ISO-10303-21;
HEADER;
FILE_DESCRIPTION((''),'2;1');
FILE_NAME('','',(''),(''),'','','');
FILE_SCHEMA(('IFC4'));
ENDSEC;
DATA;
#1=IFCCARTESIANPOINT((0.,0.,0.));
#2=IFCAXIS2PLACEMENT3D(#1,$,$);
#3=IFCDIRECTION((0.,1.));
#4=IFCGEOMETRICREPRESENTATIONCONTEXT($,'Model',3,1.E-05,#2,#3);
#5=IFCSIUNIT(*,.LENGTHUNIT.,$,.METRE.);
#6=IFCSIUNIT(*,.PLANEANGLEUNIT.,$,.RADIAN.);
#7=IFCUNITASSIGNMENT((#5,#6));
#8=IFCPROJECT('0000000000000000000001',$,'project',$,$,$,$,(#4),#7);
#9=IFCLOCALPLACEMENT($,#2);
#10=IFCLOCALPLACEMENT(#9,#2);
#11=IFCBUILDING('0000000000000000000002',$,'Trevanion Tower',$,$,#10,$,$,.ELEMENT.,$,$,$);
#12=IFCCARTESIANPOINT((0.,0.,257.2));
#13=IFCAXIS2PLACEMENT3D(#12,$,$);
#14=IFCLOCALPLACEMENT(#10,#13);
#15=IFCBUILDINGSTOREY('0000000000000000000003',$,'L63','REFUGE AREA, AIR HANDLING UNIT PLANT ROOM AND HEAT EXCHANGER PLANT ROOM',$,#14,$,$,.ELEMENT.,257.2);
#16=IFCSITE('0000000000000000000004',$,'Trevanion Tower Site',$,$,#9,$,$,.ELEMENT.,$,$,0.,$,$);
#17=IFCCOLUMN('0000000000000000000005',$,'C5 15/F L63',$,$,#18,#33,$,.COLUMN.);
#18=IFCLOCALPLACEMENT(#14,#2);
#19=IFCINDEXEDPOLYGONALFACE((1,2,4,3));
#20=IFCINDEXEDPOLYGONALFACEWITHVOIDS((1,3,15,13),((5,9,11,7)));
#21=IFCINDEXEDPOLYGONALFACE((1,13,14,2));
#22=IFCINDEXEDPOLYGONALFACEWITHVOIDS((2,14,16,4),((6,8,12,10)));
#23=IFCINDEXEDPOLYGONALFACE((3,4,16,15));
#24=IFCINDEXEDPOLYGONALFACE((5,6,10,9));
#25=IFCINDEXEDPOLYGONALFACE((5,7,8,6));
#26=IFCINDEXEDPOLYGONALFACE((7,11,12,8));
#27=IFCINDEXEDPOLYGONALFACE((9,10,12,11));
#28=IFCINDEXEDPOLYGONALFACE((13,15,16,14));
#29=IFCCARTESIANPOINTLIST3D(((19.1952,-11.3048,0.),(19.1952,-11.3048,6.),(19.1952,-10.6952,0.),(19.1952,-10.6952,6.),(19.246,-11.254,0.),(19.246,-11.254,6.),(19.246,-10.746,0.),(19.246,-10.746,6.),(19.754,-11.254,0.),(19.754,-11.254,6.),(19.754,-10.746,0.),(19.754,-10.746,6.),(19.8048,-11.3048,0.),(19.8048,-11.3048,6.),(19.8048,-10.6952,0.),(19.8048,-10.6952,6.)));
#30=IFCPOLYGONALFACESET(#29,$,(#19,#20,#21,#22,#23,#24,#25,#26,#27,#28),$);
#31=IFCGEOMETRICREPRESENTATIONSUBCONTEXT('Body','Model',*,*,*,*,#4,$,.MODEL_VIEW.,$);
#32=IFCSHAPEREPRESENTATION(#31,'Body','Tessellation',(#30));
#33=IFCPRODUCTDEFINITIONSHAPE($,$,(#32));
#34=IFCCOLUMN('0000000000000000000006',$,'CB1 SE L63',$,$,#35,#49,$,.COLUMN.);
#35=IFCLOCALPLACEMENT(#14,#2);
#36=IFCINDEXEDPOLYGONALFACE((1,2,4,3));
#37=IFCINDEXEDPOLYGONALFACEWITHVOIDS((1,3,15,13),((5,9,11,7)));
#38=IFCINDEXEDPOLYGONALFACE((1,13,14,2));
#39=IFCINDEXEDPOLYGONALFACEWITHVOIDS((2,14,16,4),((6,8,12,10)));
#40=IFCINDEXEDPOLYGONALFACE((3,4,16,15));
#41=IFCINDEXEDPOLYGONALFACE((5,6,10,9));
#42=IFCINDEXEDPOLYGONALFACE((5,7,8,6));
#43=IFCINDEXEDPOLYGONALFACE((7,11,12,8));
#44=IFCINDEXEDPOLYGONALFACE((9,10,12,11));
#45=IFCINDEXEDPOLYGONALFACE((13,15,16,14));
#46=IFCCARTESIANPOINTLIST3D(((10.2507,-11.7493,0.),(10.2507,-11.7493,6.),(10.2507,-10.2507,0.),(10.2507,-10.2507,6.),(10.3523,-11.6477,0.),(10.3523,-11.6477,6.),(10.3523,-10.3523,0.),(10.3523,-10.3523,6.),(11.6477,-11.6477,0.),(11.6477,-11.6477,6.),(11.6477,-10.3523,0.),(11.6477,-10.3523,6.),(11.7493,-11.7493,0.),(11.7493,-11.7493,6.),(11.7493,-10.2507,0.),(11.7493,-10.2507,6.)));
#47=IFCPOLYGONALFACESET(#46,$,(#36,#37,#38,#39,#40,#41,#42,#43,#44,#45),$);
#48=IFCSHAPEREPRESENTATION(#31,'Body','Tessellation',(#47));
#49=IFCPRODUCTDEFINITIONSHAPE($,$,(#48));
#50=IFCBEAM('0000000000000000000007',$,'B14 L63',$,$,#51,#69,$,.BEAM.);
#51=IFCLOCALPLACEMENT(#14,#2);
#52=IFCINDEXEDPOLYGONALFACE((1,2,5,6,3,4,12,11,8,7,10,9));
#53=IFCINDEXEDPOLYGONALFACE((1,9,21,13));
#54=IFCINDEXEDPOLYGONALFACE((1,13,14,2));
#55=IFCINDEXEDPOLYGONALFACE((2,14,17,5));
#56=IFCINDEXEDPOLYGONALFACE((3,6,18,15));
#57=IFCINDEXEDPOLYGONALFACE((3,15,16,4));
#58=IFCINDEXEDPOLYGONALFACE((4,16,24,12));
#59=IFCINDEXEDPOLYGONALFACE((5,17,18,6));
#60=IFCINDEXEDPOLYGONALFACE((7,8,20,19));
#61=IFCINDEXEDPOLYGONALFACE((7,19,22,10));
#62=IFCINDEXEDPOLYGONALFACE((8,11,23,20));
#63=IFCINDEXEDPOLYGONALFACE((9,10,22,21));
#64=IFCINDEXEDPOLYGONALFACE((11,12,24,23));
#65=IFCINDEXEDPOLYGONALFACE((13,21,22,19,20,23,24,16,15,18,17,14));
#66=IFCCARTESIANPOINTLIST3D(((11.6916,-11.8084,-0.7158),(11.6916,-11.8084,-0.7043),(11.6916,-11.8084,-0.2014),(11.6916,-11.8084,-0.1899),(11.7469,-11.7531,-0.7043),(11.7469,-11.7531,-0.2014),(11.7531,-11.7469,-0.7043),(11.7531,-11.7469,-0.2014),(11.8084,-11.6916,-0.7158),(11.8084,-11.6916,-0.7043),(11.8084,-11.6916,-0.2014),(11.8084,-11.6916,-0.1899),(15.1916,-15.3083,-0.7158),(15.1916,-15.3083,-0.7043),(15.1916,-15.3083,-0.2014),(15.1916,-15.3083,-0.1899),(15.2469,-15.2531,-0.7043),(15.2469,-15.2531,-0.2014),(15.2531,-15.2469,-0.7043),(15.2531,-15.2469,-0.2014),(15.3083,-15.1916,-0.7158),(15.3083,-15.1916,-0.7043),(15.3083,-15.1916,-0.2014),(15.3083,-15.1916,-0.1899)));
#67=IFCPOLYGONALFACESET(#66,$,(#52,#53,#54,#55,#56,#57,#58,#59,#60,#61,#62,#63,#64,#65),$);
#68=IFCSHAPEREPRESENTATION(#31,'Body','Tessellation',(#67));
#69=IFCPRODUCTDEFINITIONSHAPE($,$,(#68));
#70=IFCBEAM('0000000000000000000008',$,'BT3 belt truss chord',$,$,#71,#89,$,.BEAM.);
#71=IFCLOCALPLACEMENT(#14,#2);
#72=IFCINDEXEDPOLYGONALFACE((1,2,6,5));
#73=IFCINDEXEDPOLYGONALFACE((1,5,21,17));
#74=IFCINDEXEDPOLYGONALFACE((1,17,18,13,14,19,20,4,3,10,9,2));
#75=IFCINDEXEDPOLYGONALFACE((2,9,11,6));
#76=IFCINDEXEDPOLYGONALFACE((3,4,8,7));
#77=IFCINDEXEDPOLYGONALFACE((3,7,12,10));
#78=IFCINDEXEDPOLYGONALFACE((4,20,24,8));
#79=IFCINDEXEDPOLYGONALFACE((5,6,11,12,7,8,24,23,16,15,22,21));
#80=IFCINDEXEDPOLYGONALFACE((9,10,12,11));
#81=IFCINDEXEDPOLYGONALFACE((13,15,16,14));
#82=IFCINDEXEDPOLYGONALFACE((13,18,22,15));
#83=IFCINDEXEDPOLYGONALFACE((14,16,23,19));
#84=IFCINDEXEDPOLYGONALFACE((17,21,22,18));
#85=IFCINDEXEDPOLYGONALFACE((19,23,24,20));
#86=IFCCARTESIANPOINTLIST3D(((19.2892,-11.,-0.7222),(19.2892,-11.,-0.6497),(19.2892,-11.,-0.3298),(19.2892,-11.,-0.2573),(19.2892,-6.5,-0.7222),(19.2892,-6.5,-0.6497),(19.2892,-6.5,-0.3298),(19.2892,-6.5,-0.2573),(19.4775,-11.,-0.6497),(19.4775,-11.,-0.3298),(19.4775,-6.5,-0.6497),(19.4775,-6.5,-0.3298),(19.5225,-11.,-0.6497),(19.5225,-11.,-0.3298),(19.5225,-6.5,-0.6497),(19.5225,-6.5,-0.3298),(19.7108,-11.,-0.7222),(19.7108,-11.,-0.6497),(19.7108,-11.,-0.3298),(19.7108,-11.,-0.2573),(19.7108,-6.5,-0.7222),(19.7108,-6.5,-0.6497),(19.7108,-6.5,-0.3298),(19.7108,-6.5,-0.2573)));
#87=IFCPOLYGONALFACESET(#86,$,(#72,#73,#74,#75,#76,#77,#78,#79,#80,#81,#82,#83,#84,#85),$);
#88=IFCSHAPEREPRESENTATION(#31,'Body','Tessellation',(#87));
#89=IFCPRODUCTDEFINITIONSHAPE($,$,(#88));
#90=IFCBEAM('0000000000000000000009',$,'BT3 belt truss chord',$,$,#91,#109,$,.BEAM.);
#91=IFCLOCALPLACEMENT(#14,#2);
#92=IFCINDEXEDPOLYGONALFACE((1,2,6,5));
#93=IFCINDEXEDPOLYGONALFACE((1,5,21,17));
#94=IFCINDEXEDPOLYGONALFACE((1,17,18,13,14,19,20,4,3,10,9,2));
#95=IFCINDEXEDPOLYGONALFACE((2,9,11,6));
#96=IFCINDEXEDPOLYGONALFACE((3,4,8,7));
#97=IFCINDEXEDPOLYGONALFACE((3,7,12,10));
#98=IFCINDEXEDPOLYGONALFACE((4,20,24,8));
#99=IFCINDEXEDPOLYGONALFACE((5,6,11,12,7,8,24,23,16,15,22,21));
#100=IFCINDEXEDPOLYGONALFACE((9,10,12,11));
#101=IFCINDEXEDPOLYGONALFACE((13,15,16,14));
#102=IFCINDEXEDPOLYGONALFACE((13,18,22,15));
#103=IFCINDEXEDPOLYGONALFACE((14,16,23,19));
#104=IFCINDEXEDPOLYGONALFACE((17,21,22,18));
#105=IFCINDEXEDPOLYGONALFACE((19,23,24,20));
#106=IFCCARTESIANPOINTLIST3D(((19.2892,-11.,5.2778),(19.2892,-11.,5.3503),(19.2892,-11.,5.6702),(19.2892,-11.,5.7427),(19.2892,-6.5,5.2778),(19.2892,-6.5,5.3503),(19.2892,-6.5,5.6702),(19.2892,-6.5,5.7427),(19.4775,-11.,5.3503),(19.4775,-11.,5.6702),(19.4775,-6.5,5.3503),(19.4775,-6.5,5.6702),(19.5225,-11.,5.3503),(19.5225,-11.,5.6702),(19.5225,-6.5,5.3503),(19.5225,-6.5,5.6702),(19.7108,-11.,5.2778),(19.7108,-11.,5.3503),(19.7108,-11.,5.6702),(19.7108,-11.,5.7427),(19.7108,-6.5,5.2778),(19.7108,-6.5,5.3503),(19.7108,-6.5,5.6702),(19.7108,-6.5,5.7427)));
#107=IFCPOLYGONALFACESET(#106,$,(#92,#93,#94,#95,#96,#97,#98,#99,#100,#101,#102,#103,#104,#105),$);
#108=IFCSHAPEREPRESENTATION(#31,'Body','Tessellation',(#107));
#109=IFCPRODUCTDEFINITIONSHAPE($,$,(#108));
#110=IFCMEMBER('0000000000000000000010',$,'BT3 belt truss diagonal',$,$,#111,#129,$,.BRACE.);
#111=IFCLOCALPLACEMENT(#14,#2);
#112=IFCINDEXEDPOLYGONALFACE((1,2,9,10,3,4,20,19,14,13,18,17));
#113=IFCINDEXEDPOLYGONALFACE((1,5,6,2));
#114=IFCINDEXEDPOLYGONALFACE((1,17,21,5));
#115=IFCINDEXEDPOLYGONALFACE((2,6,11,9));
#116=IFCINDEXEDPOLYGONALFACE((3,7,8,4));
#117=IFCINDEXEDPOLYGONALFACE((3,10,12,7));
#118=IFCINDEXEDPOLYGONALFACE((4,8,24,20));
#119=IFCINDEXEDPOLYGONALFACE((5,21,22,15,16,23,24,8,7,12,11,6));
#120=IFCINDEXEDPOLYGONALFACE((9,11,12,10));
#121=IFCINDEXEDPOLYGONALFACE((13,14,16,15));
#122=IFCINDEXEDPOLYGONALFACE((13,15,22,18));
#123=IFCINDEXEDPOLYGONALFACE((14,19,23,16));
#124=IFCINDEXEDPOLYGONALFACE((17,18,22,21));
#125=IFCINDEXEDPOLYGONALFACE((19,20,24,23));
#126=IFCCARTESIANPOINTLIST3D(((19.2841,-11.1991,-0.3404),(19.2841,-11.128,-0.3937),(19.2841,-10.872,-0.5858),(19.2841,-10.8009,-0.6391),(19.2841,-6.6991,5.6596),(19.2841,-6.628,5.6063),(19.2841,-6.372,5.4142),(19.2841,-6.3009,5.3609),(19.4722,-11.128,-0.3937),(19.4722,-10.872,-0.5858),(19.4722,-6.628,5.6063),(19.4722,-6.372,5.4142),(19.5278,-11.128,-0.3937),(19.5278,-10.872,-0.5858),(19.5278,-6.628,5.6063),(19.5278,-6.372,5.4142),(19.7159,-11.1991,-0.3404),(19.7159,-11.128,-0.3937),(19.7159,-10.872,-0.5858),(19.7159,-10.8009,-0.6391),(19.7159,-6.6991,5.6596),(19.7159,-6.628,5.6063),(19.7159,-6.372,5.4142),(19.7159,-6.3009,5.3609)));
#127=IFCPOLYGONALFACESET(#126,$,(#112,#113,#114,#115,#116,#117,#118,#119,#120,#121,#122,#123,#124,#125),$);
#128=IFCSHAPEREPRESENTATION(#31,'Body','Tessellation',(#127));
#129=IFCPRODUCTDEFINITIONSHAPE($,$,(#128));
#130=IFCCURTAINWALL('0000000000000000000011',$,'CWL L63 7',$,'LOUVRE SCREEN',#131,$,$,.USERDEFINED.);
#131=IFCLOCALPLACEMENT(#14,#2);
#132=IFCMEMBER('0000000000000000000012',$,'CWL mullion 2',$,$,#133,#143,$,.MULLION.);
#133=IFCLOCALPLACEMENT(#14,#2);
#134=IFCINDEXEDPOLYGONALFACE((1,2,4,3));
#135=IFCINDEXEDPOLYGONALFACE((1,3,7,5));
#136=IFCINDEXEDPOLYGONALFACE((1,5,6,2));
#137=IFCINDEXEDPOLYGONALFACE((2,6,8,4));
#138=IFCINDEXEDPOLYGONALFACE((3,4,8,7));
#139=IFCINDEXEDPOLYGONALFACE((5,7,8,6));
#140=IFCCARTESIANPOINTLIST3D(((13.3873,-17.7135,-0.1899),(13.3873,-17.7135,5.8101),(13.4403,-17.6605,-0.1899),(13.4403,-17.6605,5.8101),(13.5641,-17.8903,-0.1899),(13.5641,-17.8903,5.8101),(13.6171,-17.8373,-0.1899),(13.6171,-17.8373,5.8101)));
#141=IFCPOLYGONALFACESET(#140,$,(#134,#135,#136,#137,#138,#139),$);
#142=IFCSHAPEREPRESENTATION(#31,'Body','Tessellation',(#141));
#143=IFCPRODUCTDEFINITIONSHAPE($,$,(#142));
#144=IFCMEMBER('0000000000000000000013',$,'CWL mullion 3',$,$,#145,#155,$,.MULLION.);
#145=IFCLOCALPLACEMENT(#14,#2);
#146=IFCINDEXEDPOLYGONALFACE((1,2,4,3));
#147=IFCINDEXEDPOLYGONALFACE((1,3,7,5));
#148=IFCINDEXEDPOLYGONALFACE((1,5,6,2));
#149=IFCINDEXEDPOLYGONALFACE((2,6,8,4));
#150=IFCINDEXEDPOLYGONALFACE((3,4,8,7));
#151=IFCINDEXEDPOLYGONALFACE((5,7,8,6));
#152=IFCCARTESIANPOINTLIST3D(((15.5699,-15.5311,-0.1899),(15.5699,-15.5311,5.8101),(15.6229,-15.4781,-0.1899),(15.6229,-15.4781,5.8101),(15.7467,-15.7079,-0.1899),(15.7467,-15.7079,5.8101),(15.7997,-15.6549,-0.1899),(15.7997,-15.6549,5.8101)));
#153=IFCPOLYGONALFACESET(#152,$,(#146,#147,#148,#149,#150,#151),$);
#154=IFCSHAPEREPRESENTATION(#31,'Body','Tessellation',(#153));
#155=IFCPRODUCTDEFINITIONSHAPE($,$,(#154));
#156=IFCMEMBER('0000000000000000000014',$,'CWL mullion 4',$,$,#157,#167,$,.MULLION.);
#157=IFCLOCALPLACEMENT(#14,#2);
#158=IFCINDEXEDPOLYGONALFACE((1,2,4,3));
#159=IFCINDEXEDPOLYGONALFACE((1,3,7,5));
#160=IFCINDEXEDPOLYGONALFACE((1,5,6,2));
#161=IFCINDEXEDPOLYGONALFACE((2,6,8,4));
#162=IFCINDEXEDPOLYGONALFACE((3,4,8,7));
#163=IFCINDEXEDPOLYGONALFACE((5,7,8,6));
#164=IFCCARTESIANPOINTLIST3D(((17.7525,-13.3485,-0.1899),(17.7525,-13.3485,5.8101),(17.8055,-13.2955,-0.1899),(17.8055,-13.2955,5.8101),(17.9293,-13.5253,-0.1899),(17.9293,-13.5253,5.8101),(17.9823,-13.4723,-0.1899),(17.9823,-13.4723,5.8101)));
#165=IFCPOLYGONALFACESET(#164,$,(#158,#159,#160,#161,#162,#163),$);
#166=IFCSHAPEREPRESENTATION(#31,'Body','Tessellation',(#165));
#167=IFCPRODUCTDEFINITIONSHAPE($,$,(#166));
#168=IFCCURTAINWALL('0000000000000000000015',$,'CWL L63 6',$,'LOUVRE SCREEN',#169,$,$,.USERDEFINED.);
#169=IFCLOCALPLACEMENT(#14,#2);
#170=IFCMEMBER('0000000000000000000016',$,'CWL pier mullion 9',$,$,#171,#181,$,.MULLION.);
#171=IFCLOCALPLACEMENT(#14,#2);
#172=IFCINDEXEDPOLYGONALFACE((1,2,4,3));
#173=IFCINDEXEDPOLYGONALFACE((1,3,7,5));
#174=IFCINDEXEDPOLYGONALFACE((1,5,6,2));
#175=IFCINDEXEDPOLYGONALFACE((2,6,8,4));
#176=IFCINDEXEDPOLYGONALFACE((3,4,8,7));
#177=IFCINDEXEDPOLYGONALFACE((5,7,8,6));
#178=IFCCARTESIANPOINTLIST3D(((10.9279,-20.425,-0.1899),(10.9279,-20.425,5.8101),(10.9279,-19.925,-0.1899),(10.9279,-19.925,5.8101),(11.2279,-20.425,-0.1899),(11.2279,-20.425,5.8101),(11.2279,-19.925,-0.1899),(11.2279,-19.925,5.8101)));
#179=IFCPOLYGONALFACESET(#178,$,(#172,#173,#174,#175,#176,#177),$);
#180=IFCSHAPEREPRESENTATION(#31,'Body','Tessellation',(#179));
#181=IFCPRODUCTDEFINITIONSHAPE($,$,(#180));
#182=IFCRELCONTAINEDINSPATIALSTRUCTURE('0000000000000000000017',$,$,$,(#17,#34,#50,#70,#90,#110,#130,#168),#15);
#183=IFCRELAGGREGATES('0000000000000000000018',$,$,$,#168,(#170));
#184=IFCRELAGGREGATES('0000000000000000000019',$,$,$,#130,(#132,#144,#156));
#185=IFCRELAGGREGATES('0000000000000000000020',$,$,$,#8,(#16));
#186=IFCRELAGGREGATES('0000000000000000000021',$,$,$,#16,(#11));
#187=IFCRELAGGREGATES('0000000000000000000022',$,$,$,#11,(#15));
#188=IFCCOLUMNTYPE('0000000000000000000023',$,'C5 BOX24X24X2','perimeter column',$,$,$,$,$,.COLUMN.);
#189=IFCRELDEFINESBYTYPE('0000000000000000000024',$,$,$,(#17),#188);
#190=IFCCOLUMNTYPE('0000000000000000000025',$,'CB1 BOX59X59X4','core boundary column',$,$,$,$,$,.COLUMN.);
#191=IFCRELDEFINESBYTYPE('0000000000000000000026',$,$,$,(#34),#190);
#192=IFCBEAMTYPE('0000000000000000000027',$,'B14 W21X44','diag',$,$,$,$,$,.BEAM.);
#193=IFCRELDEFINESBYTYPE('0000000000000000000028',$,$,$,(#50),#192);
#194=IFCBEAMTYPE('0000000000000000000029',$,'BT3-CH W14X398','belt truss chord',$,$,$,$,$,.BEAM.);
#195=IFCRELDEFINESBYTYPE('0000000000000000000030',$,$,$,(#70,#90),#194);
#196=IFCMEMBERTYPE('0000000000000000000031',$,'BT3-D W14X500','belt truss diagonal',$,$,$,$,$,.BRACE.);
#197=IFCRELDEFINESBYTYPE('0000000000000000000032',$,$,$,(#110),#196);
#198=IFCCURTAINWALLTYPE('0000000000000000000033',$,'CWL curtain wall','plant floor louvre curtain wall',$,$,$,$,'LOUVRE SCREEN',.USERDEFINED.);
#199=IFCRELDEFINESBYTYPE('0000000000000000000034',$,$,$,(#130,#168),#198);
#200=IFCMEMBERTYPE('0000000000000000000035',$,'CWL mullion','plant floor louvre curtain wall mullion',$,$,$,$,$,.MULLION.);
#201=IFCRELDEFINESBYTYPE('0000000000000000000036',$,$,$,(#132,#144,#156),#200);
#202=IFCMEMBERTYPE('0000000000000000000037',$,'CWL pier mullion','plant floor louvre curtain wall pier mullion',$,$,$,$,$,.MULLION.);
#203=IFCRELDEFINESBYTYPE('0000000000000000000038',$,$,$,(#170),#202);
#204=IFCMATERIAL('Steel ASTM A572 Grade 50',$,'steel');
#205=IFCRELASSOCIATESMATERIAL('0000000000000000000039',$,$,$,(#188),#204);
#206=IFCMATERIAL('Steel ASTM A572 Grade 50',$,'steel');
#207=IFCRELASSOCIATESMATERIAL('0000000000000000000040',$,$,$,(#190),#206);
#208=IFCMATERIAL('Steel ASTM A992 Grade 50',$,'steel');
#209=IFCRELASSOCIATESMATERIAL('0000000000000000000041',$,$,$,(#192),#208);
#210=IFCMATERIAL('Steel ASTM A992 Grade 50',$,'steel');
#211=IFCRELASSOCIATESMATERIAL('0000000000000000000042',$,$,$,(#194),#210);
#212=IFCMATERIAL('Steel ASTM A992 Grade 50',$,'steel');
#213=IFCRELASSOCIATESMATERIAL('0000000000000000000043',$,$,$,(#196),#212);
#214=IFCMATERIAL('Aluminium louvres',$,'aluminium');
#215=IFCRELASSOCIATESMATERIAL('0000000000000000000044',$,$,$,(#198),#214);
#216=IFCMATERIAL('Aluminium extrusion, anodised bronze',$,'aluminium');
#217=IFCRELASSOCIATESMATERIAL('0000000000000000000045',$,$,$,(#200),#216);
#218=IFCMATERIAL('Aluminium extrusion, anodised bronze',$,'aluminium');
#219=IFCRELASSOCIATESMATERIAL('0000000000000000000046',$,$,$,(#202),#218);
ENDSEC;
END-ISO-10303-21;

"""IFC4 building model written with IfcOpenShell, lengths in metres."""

from ifc_helpers import new_model, si_unit, direction, frame, origin, origin_2d, place, context, subcontext, project, spatial, rectangle, hollow_rectangle, i_section, extrude, material, material_profile, profile_set, type_object, element, aggregate, save


model = new_model("IFC4")

# Units and contexts
model_context = context("Model", 3, precision=1e-05, world=origin(), true_north=direction((0.0, 1.0)))
body_context = subcontext(model_context, "Body", "Model", "MODEL_VIEW")
ifc_project = project(units=[si_unit("LENGTHUNIT", "METRE"), si_unit("PLANEANGLEUNIT", "RADIAN")], contexts=[model_context])

# Site, building, storey
site_placement = place(None, origin())
site = spatial("IfcSite", under=ifc_project, at=site_placement, Name="Trevanion Tower Site", CompositionType="ELEMENT", RefElevation=0.0)
building_placement = place(site_placement, origin())
building = spatial("IfcBuilding", under=site, at=building_placement, Name="Trevanion Tower", CompositionType="ELEMENT")
storey_placement = place(building_placement, frame((0.0, 0.0, 257.2)))
storey = spatial("IfcBuildingStorey", under=building, at=storey_placement, Name="L63", Description="REFUGE AREA, AIR HANDLING UNIT PLANT ROOM AND HEAT EXCHANGER PLANT ROOM", CompositionType="ELEMENT", Elevation=257.2)

# Columns
ifc_material_1 = material(Name="Steel ASTM A572 Grade 50", Category="steel")
ifc_material_profile_1 = material_profile(ifc_material_1, hollow_rectangle(XDim=0.6096, YDim=0.6096, WallThickness=0.0508, at=origin_2d()), Name="BOX24X24X2")
ifc_profile_set_1 = profile_set([ifc_material_profile_1], Name="Steel ASTM A572 Grade 50")
column_type_1 = type_object("IfcColumnType", Name="C5 BOX24X24X2", Description="perimeter column", PredefinedType="COLUMN", material=ifc_profile_set_1)
column_1_placement = place(storey_placement, frame((19.5, -11.0, 0.0), z_axis=(0.0, 0.0, 1.0), x_axis=(0.0, 1.0, 0.0)))
element("IfcColumn", 1, at=column_1_placement, inside=storey, type_object=column_type_1, Name="C5 15/F L63", PredefinedType="COLUMN", context=body_context, shape_type="SweptSolid", body=[
    extrude(hollow_rectangle(XDim=0.6096, YDim=0.6096, WallThickness=0.0508, at=origin_2d()), origin(), (0.0, 0.0, 1.0), 6.0),
])
ifc_material_2 = material(Name="Steel ASTM A572 Grade 50", Category="steel")
ifc_material_profile_2 = material_profile(ifc_material_2, hollow_rectangle(XDim=1.4985, YDim=1.4985, WallThickness=0.1016, at=origin_2d()), Name="BOX59X59X4")
ifc_profile_set_2 = profile_set([ifc_material_profile_2], Name="Steel ASTM A572 Grade 50")
column_type_2 = type_object("IfcColumnType", Name="CB1 BOX59X59X4", Description="core boundary column", PredefinedType="COLUMN", material=ifc_profile_set_2)
column_2_placement = place(storey_placement, frame((11.0, -11.0, 0.0), z_axis=(0.0, 0.0, 1.0), x_axis=(1.0, 0.0, 0.0)))
element("IfcColumn", 2, at=column_2_placement, inside=storey, type_object=column_type_2, Name="CB1 SE L63", PredefinedType="COLUMN", context=body_context, shape_type="SweptSolid", body=[
    extrude(hollow_rectangle(XDim=1.4985, YDim=1.4985, WallThickness=0.1016, at=origin_2d()), origin(), (0.0, 0.0, 1.0), 6.0),
])

# Beams
ifc_material_3 = material(Name="Steel ASTM A992 Grade 50", Category="steel")
ifc_material_profile_3 = material_profile(ifc_material_3, i_section(OverallWidth=0.165, OverallDepth=0.5259, WebThickness=0.0088, FlangeThickness=0.0115, at=origin_2d()), Name="W21X44")
ifc_profile_set_3 = profile_set([ifc_material_profile_3], Name="Steel ASTM A992 Grade 50")
beam_type_1 = type_object("IfcBeamType", Name="B14 W21X44", Description="diag", PredefinedType="BEAM", material=ifc_profile_set_3)
beam_1_placement = place(storey_placement, frame((11.75, -11.75, -0.4529), z_axis=(0.707107, -0.707107, 0.0), x_axis=(0.707107, 0.707107, 0.0)))
element("IfcBeam", 3, at=beam_1_placement, inside=storey, type_object=beam_type_1, Name="B14 L63", PredefinedType="BEAM", context=body_context, shape_type="SweptSolid", body=[
    extrude(i_section(OverallWidth=0.165, OverallDepth=0.5259, WebThickness=0.0088, FlangeThickness=0.0115, at=origin_2d()), origin(), (0.0, 0.0, 1.0), 4.9497),
])
ifc_material_4 = material(Name="Steel ASTM A992 Grade 50", Category="steel")
ifc_material_profile_4 = material_profile(ifc_material_4, i_section(OverallWidth=0.4216, OverallDepth=0.4648, WebThickness=0.0449, FlangeThickness=0.0725, at=origin_2d()), Name="W14X398")
ifc_profile_set_4 = profile_set([ifc_material_profile_4], Name="Steel ASTM A992 Grade 50")
beam_type_2 = type_object("IfcBeamType", Name="BT3-CH W14X398", Description="belt truss chord", PredefinedType="BEAM", material=ifc_profile_set_4)
for number, where, z_axis, x_axis, name in (
    (4, (19.5, -11.0, -0.4897), (0.0, 1.0, 0.0), (-1.0, 0.0, 0.0), "BT3 belt truss chord"),
    (5, (19.5, -11.0, 5.5103), (0.0, 1.0, 0.0), (-1.0, 0.0, 0.0), "BT3 belt truss chord"),
):
    element("IfcBeam", number, at=place(storey_placement, frame(where, z_axis=z_axis, x_axis=x_axis)), inside=storey, type_object=beam_type_2, Name=name, PredefinedType="BEAM", context=body_context, shape_type="SweptSolid", body=[
        extrude(i_section(OverallWidth=0.4216, OverallDepth=0.4648, WebThickness=0.0449, FlangeThickness=0.0725, at=origin_2d()), origin(), (0.0, 0.0, 1.0), 4.5),
    ])

# Member
ifc_material_5 = material(Name="Steel ASTM A992 Grade 50", Category="steel")
ifc_material_profile_5 = material_profile(ifc_material_5, i_section(OverallWidth=0.4319, OverallDepth=0.4978, WebThickness=0.0557, FlangeThickness=0.0889, at=origin_2d()), Name="W14X500")
ifc_profile_set_5 = profile_set([ifc_material_profile_5], Name="Steel ASTM A992 Grade 50")
member_type_1 = type_object("IfcMemberType", Name="BT3-D W14X500", Description="belt truss diagonal", PredefinedType="BRACE", material=ifc_profile_set_5)
member_1_placement = place(storey_placement, frame((19.5, -11.0, -0.4897), z_axis=(0.0, 0.6, 0.8), x_axis=(-1.0, 0.0, 0.0)))
element("IfcMember", 6, at=member_1_placement, inside=storey, type_object=member_type_1, Name="BT3 belt truss diagonal", PredefinedType="BRACE", context=body_context, shape_type="SweptSolid", body=[
    extrude(i_section(OverallWidth=0.4319, OverallDepth=0.4978, WebThickness=0.0557, FlangeThickness=0.0889, at=origin_2d()), origin(), (0.0, 0.0, 1.0), 7.5),
])

# Curtain wall, members
ifc_material_6 = material(Name="Aluminium louvres", Category="aluminium")
curtain_wall_type = type_object("IfcCurtainWallType", Name="CWL curtain wall", Description="plant floor louvre curtain wall", ElementType="LOUVRE SCREEN", PredefinedType="USERDEFINED", material=ifc_material_6)
curtain_wall_1_placement = place(storey_placement, origin())
curtain_wall_1 = element("IfcCurtainWall", 7, at=curtain_wall_1_placement, inside=storey, type_object=curtain_wall_type, Name="CWL L63 7", ObjectType="LOUVRE SCREEN", PredefinedType="USERDEFINED")
ifc_material_7 = material(Name="Aluminium extrusion, anodised bronze", Category="aluminium")
ifc_material_profile_6 = material_profile(ifc_material_7, rectangle(XDim=0.075, YDim=0.25, at=origin_2d()), Name="CWL mullion")
ifc_profile_set_6 = profile_set([ifc_material_profile_6], Name="Aluminium extrusion, anodised bronze")
member_type_2 = type_object("IfcMemberType", Name="CWL mullion", Description="plant floor louvre curtain wall mullion", PredefinedType="MULLION", material=ifc_profile_set_6)
member_2_placement = place(storey_placement, frame((13.5022, -17.7754, -0.1899), z_axis=(0.0, 0.0, 1.0), x_axis=(0.707107, 0.707107, 0.0)))
member_2 = element("IfcMember", 8, at=member_2_placement, type_object=member_type_2, Name="CWL mullion 2", PredefinedType="MULLION", context=body_context, shape_type="SweptSolid", body=[
    extrude(rectangle(XDim=0.075, YDim=0.25, at=origin_2d()), origin(), (0.0, 0.0, 1.0), 6.0),
])
member_3_placement = place(storey_placement, frame((15.6848, -15.593, -0.1899), z_axis=(0.0, 0.0, 1.0), x_axis=(0.707107, 0.707107, 0.0)))
member_3 = element("IfcMember", 9, at=member_3_placement, type_object=member_type_2, Name="CWL mullion 3", PredefinedType="MULLION", context=body_context, shape_type="SweptSolid", body=[
    extrude(rectangle(XDim=0.075, YDim=0.25, at=origin_2d()), origin(), (0.0, 0.0, 1.0), 6.0),
])
member_4_placement = place(storey_placement, frame((17.8674, -13.4104, -0.1899), z_axis=(0.0, 0.0, 1.0), x_axis=(0.707107, 0.707107, 0.0)))
member_4 = element("IfcMember", 10, at=member_4_placement, type_object=member_type_2, Name="CWL mullion 4", PredefinedType="MULLION", context=body_context, shape_type="SweptSolid", body=[
    extrude(rectangle(XDim=0.075, YDim=0.25, at=origin_2d()), origin(), (0.0, 0.0, 1.0), 6.0),
])

# Curtain wall, member
curtain_wall_2_placement = place(storey_placement, origin())
curtain_wall_2 = element("IfcCurtainWall", 11, at=curtain_wall_2_placement, inside=storey, type_object=curtain_wall_type, Name="CWL L63 6", ObjectType="LOUVRE SCREEN", PredefinedType="USERDEFINED")
ifc_material_8 = material(Name="Aluminium extrusion, anodised bronze", Category="aluminium")
ifc_material_profile_7 = material_profile(ifc_material_8, rectangle(XDim=0.3, YDim=0.5, at=origin_2d()), Name="CWL pier mullion")
ifc_profile_set_7 = profile_set([ifc_material_profile_7], Name="Aluminium extrusion, anodised bronze")
member_type_3 = type_object("IfcMemberType", Name="CWL pier mullion", Description="plant floor louvre curtain wall pier mullion", PredefinedType="MULLION", material=ifc_profile_set_7)
member_5_placement = place(storey_placement, frame((11.0779, -20.175, -0.1899), z_axis=(0.0, 0.0, 1.0), x_axis=(1.0, 0.0, 0.0)))
member_5 = element("IfcMember", 12, at=member_5_placement, type_object=member_type_3, Name="CWL pier mullion 9", PredefinedType="MULLION", context=body_context, shape_type="SweptSolid", body=[
    extrude(rectangle(XDim=0.3, YDim=0.5, at=origin_2d()), origin(), (0.0, 0.0, 1.0), 6.0),
])
aggregate(curtain_wall_2, [member_5])

aggregate(curtain_wall_1, [member_2, member_3, member_4])

save(model, "model.ifc")
